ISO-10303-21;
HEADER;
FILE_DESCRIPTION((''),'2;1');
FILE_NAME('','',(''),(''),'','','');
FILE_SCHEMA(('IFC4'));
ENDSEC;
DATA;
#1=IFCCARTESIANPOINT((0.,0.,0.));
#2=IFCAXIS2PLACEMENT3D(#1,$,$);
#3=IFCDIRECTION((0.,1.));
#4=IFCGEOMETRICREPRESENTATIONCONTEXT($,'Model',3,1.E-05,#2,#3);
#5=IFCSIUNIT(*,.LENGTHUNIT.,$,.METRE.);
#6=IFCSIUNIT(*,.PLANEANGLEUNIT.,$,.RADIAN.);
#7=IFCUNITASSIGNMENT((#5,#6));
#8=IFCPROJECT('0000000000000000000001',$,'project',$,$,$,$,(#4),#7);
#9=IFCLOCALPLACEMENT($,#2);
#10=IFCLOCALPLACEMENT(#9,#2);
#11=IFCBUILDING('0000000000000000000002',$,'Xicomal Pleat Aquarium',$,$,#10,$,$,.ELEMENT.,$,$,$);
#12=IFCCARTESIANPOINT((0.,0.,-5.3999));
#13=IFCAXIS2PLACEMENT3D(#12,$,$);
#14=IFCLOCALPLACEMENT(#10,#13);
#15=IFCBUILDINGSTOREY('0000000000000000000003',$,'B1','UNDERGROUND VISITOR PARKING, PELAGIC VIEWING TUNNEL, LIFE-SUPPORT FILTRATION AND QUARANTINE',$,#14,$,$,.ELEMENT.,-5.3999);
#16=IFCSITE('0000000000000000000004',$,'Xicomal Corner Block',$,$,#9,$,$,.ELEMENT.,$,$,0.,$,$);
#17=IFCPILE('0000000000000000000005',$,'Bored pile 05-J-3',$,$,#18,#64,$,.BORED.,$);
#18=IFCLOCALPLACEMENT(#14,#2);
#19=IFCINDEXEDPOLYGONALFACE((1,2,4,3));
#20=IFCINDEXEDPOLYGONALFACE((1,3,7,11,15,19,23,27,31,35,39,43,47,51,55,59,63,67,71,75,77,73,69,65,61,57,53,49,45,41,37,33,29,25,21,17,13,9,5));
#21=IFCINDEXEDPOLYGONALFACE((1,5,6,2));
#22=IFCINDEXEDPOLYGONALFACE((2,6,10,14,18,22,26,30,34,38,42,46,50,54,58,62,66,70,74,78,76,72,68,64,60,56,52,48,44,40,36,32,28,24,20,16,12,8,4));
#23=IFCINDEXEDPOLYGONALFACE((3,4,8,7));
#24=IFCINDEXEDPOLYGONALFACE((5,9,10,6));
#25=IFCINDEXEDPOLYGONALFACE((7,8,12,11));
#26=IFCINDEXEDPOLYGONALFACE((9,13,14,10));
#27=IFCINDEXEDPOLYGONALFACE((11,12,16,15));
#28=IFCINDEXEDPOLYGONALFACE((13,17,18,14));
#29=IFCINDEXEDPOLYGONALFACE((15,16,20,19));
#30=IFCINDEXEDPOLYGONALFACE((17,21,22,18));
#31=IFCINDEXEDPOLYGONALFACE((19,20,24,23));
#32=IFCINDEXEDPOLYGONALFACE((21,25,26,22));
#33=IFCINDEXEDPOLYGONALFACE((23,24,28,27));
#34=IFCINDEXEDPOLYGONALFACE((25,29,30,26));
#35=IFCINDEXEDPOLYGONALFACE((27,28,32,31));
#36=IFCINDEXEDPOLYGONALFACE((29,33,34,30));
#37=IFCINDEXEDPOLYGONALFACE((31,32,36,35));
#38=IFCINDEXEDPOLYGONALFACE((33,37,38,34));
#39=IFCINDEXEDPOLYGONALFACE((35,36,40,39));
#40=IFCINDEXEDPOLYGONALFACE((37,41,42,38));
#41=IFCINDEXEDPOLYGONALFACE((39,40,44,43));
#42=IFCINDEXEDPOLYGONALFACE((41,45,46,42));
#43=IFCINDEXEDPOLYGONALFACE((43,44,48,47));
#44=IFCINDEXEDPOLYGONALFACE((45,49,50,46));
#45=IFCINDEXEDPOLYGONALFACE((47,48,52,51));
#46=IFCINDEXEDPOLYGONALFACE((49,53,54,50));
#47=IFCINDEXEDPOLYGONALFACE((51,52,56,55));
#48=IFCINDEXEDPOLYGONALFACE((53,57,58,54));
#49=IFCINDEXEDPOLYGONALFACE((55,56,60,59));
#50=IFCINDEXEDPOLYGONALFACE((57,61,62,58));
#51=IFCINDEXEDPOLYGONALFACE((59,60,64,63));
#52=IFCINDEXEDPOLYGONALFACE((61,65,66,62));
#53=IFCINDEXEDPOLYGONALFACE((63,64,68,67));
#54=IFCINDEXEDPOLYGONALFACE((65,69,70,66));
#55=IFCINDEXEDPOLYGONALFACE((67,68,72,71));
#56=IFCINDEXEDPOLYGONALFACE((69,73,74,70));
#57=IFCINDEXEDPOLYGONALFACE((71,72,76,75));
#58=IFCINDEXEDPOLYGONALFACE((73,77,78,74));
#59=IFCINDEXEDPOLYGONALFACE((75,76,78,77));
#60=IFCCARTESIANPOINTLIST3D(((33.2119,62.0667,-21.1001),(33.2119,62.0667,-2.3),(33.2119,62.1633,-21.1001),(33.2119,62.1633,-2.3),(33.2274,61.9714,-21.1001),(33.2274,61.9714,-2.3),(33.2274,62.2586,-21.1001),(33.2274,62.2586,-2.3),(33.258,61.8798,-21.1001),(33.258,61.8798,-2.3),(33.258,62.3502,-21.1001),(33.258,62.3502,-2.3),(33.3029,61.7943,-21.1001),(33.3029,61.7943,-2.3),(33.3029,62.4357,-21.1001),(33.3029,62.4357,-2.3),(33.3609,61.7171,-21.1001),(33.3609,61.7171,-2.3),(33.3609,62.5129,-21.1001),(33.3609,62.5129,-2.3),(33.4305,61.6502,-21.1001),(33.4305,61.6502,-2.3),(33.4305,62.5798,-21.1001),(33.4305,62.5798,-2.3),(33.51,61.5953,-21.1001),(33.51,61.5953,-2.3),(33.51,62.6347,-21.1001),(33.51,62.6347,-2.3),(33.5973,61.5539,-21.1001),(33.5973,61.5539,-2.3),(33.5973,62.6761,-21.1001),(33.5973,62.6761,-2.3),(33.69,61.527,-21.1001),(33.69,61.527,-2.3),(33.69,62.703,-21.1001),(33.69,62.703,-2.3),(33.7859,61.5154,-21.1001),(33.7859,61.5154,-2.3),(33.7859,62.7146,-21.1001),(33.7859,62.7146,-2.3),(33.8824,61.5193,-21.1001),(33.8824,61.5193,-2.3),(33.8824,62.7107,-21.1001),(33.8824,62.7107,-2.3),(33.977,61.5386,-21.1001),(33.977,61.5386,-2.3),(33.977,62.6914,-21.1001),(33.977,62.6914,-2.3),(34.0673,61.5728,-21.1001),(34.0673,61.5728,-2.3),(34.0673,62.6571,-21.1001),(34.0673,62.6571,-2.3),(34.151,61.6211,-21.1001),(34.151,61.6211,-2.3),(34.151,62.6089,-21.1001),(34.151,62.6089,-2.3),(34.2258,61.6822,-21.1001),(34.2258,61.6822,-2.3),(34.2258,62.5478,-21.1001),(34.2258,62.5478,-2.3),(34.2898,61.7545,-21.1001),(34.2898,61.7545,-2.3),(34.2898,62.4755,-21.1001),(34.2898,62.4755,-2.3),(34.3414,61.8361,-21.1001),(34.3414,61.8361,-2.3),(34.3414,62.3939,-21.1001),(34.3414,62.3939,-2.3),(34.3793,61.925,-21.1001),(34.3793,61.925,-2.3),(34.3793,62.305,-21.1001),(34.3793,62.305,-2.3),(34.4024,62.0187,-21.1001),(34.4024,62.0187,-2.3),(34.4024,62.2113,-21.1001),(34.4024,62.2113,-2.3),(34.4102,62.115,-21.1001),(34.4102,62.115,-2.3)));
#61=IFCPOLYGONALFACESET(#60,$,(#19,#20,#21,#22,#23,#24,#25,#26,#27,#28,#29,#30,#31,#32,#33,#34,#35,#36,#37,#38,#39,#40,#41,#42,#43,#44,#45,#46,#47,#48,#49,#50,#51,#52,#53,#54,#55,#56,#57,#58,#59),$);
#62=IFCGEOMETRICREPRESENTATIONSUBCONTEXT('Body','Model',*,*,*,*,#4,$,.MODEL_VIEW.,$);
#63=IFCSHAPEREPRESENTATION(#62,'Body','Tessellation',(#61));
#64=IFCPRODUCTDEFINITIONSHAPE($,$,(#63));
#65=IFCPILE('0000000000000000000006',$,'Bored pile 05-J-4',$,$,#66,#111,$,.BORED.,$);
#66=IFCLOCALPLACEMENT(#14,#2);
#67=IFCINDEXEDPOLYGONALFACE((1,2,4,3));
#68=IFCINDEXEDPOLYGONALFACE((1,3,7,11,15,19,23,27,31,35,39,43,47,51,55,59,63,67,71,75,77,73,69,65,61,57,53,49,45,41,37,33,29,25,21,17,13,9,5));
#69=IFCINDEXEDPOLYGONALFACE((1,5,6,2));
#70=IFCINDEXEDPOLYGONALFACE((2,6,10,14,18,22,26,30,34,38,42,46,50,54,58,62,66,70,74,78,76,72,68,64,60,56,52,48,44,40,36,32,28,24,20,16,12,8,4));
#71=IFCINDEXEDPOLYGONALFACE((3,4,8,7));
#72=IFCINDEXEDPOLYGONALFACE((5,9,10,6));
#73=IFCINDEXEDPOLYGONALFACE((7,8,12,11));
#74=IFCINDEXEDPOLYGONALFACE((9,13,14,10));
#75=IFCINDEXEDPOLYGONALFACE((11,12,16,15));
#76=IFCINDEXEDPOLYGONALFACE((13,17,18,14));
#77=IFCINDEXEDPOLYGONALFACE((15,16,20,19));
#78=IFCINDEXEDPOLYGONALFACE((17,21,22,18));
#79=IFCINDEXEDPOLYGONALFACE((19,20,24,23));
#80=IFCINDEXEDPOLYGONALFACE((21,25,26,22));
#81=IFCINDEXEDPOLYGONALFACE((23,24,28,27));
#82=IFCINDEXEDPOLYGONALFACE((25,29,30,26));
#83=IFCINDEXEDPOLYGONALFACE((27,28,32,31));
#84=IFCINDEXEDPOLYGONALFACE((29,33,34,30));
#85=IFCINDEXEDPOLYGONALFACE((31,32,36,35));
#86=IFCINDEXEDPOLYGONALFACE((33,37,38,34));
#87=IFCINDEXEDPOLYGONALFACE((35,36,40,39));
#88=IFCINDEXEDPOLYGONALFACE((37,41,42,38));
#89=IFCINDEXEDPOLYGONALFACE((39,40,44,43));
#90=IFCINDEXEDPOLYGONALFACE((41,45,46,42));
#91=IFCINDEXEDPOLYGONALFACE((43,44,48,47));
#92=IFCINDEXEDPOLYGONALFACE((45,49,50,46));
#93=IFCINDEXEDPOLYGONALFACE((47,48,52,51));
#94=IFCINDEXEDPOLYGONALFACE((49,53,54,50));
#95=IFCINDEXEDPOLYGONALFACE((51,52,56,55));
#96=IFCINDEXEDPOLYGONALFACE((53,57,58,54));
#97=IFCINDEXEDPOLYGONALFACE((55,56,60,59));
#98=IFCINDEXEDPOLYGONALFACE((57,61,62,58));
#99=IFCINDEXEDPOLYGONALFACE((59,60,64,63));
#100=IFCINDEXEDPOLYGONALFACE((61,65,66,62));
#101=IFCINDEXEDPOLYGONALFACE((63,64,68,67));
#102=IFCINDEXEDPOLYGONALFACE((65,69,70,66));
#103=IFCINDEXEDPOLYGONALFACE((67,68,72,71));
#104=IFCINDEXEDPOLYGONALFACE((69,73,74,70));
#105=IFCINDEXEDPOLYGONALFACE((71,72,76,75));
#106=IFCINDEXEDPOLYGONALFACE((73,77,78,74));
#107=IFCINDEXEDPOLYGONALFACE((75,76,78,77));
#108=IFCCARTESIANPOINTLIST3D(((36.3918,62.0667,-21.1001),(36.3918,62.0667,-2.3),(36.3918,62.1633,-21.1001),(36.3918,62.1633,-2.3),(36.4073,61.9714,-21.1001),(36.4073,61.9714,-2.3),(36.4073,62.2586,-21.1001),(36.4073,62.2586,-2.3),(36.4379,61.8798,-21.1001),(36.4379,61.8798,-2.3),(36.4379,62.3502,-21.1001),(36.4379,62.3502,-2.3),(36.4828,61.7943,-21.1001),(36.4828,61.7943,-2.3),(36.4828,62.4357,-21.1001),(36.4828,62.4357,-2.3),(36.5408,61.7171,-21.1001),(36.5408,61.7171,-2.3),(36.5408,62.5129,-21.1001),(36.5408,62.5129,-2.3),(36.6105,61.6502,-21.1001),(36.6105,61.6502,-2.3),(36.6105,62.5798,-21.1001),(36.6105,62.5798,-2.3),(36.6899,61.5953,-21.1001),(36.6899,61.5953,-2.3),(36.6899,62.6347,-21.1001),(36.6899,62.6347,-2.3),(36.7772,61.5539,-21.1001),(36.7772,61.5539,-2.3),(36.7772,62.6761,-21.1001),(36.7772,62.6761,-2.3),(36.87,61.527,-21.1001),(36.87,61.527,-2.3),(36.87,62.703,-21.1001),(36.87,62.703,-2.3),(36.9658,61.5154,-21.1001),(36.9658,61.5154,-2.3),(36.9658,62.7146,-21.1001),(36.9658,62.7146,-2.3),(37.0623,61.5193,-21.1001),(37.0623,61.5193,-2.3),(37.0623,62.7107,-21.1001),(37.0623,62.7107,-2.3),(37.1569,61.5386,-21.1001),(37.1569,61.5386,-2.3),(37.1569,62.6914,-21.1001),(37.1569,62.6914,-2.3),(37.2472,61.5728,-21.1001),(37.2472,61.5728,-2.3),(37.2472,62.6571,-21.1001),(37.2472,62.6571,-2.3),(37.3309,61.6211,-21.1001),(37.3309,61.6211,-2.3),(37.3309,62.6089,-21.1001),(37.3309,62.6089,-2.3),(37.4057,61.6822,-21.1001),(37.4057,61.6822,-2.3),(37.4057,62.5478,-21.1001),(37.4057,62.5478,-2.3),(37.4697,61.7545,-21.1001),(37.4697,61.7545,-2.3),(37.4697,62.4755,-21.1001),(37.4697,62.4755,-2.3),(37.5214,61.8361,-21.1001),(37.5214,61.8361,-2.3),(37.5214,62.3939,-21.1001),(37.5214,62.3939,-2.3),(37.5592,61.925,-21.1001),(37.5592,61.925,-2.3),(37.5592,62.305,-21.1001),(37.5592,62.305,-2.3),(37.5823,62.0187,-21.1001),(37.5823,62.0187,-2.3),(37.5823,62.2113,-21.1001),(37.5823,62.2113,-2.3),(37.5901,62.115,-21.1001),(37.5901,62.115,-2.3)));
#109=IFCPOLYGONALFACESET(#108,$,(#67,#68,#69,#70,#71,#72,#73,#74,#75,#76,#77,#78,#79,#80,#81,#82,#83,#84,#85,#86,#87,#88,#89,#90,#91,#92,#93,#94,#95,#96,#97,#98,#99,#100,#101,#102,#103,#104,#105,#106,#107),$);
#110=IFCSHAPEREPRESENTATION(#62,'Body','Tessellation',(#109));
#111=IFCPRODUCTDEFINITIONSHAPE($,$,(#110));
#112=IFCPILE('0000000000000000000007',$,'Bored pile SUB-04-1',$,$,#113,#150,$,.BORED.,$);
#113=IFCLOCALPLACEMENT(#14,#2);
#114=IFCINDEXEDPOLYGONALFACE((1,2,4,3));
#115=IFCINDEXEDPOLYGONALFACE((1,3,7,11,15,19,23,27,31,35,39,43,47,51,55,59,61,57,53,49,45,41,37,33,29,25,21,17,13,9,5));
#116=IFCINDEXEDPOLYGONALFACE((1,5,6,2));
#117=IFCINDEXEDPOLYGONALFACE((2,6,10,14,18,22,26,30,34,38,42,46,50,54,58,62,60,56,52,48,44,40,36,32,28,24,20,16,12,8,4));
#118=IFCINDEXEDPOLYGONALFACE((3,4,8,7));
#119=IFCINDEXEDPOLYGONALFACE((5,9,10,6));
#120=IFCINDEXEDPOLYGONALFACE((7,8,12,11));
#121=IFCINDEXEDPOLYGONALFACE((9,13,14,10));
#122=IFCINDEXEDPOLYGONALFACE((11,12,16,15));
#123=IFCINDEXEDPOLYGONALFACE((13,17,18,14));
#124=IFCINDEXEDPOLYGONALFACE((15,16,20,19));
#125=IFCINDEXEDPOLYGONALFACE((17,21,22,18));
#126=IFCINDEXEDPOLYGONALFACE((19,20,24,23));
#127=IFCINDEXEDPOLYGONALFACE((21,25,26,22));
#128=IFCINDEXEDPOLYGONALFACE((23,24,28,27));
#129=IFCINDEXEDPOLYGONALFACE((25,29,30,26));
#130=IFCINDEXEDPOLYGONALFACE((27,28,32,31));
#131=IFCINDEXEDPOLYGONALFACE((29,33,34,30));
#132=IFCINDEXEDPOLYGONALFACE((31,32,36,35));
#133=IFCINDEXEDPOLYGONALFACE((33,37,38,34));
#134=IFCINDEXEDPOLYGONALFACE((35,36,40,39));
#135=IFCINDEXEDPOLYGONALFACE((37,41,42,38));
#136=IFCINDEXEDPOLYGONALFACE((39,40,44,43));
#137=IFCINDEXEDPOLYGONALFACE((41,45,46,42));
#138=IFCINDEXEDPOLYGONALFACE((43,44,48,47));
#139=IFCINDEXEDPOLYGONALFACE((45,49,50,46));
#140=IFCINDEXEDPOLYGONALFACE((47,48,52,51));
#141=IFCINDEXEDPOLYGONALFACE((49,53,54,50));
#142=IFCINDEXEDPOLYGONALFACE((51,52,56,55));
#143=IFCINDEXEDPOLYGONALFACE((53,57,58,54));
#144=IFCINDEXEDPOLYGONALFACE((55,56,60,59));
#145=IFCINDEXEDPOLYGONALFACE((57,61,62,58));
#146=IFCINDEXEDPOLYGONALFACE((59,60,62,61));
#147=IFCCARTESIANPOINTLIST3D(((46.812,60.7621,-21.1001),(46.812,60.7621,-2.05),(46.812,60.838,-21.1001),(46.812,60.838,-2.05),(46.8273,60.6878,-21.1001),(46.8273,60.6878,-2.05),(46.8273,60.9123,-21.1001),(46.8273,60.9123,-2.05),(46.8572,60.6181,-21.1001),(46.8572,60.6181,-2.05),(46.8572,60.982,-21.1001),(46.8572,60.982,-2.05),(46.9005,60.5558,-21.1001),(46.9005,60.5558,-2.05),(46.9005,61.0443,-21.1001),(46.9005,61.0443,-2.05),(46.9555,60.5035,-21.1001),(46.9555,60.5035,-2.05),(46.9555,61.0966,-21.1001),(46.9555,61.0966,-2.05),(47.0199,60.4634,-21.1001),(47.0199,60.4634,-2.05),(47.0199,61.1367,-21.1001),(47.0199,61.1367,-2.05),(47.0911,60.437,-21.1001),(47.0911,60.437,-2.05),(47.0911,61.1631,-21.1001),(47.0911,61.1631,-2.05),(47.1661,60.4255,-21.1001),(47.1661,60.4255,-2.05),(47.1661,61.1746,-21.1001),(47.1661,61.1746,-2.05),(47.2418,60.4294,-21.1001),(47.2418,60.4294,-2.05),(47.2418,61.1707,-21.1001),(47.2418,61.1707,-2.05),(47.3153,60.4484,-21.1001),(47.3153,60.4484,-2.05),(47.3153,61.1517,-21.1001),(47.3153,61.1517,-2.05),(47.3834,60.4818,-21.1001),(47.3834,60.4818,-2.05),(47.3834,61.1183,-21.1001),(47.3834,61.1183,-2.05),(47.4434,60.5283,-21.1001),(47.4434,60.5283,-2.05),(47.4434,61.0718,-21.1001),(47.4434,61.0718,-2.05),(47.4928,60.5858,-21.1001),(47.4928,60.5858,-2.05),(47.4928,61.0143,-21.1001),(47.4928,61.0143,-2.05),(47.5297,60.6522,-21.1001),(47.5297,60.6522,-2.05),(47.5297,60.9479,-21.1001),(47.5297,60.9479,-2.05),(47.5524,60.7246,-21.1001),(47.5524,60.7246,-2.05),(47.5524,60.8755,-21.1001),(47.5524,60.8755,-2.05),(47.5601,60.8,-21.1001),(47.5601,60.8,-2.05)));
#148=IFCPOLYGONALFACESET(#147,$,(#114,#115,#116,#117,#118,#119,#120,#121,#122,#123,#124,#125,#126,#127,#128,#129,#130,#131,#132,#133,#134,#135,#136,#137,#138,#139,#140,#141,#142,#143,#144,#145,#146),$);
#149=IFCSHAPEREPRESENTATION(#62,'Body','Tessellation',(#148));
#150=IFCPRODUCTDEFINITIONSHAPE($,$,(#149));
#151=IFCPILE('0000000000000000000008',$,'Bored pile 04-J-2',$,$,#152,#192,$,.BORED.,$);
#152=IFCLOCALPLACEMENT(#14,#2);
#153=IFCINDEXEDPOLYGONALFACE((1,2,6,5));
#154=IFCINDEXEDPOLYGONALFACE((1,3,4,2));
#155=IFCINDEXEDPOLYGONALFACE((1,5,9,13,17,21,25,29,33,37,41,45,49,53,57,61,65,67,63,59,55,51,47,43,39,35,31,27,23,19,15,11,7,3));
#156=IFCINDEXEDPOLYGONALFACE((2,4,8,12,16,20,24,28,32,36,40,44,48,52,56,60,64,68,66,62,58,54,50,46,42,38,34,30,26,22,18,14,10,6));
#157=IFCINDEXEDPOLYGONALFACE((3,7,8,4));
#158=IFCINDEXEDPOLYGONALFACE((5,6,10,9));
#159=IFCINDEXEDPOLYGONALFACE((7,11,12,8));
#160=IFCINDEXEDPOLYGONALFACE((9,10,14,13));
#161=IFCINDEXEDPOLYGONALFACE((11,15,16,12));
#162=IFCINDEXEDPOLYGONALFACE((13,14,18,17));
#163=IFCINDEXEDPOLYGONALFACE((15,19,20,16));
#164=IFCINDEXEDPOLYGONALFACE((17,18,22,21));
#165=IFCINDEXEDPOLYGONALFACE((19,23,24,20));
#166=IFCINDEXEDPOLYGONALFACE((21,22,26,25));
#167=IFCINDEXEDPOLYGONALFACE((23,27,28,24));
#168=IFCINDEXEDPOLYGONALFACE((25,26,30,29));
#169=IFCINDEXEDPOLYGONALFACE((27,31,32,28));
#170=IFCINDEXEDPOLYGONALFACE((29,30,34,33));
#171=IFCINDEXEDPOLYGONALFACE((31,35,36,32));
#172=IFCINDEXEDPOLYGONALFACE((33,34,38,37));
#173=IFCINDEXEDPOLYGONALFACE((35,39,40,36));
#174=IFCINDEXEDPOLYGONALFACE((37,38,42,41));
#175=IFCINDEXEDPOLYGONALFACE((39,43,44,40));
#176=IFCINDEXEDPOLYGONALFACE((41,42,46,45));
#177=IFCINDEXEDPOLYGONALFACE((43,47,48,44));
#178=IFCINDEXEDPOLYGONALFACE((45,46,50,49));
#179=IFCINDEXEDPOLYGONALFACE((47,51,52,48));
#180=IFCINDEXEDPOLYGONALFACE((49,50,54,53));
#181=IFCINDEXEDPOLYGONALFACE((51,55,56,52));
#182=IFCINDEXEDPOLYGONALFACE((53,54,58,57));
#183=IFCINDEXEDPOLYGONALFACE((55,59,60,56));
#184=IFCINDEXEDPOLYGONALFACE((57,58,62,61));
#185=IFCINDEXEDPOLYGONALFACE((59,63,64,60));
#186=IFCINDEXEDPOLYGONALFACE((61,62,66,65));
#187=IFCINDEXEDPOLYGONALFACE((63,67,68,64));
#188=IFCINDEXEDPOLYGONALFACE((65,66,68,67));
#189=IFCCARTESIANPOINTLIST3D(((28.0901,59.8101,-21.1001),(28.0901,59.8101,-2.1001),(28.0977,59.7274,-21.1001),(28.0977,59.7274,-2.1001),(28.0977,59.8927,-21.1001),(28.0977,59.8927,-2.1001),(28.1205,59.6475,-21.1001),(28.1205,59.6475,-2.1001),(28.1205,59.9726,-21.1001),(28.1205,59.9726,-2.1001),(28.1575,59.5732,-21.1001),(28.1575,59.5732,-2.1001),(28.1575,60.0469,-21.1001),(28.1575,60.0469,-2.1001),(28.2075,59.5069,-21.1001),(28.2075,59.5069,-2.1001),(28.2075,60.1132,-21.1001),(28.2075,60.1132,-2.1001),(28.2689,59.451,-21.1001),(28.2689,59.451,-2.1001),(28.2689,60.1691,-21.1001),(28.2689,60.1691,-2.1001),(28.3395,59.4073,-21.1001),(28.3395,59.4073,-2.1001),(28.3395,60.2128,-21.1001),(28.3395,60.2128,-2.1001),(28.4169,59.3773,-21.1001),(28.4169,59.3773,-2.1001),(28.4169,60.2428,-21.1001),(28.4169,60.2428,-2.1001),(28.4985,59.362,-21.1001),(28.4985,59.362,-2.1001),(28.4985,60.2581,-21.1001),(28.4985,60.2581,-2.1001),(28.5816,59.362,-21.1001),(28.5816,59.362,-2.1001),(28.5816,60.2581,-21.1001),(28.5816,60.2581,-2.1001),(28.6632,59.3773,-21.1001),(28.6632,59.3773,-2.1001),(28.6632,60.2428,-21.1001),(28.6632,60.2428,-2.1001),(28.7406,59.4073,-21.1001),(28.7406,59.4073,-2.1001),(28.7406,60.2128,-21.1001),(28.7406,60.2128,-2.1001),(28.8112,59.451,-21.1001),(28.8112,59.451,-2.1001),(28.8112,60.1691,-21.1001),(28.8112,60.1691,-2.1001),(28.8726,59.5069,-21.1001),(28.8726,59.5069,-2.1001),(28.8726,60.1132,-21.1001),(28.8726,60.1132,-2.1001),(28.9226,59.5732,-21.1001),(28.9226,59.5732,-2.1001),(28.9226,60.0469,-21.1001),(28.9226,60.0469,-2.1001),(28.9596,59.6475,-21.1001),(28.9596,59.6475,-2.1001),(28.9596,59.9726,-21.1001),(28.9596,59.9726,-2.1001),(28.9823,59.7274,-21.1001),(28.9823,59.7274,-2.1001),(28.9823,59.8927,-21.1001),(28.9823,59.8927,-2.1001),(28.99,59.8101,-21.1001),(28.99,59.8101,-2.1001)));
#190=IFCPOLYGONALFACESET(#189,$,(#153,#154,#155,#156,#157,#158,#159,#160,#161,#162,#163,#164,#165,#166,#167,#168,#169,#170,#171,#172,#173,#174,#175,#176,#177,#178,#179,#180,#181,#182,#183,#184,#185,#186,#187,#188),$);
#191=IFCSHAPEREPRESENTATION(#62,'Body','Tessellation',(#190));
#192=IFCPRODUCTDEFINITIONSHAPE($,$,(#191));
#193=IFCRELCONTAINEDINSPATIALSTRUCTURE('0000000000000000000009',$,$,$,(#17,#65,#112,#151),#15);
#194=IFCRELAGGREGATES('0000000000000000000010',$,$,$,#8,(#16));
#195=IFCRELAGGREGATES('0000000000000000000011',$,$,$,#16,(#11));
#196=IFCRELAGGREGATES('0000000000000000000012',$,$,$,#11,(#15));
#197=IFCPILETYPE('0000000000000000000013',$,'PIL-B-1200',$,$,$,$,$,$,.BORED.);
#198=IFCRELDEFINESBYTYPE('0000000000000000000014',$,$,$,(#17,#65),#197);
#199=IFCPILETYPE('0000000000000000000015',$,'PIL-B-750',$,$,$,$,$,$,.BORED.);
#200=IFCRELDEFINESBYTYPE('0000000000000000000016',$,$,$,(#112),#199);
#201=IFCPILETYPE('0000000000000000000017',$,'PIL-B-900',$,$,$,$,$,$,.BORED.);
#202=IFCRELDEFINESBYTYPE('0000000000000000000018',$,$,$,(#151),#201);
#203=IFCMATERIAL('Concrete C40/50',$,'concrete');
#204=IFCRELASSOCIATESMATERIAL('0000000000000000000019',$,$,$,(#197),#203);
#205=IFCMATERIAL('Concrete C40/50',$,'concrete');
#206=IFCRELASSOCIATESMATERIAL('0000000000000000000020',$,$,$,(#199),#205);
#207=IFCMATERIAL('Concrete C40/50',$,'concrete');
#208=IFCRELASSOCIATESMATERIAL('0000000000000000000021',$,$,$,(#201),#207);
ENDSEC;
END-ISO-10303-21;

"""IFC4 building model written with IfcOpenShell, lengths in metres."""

from ifc_helpers import new_model, si_unit, direction, frame, origin, origin_2d, place, context, subcontext, project, spatial, circle, extrude, material, material_profile, profile_set, type_object, element, save


model = new_model("IFC4")

# Units and contexts
model_context = context("Model", 3, precision=1e-05, world=origin(), true_north=direction((0.0, 1.0)))
body_context = subcontext(model_context, "Body", "Model", "MODEL_VIEW")
ifc_project = project(units=[si_unit("LENGTHUNIT", "METRE"), si_unit("PLANEANGLEUNIT", "RADIAN")], contexts=[model_context])

# Site, building, storey
site_placement = place(None, origin())
site = spatial("IfcSite", under=ifc_project, at=site_placement, Name="Xicomal Corner Block", CompositionType="ELEMENT", RefElevation=0.0)
building_placement = place(site_placement, origin())
building = spatial("IfcBuilding", under=site, at=building_placement, Name="Xicomal Pleat Aquarium", CompositionType="ELEMENT")
storey_placement = place(building_placement, frame((0.0, 0.0, -5.3999)))
storey = spatial("IfcBuildingStorey", under=building, at=storey_placement, Name="B1", Description="UNDERGROUND VISITOR PARKING, PELAGIC VIEWING TUNNEL, LIFE-SUPPORT FILTRATION AND QUARANTINE", CompositionType="ELEMENT", Elevation=-5.3999)

# Piles
ifc_material_1 = material(Name="Concrete C40/50", Category="concrete")
ifc_material_profile_1 = material_profile(ifc_material_1, circle(Radius=0.6001, at=origin_2d()), Name="BORED PILE D1200")
ifc_profile_set_1 = profile_set([ifc_material_profile_1], Name="Concrete C40/50")
pile_type_1 = type_object("IfcPileType", Name="PIL-B-1200", PredefinedType="BORED", material=ifc_profile_set_1)
for number, where, z_axis, x_axis, name in (
    (1, (33.8101, 62.115, -2.3), (0.0, 0.0, -1.0), (1.0, 0.0, 0.0), "Bored pile 05-J-3"),
    (2, (36.99, 62.115, -2.3), (0.0, 0.0, -1.0), (1.0, 0.0, 0.0), "Bored pile 05-J-4"),
):
    element("IfcPile", number, at=place(storey_placement, frame(where, z_axis=z_axis, x_axis=x_axis)), inside=storey, type_object=pile_type_1, Name=name, PredefinedType="BORED", context=body_context, shape_type="SweptSolid", body=[
        extrude(circle(Radius=0.6001, at=origin_2d()), origin(), (0.0, 0.0, 1.0), 18.8),
    ])
ifc_material_2 = material(Name="Concrete C40/50", Category="concrete")
ifc_material_profile_2 = material_profile(ifc_material_2, circle(Radius=0.375, at=origin_2d()), Name="BORED PILE D750")
ifc_profile_set_2 = profile_set([ifc_material_profile_2], Name="Concrete C40/50")
pile_type_2 = type_object("IfcPileType", Name="PIL-B-750", PredefinedType="BORED", material=ifc_profile_set_2)
pile_placement = place(storey_placement, frame((47.1851, 60.8, -2.05), z_axis=(0.0, 0.0, -1.0), x_axis=(1.0, 0.0, 0.0)))
element("IfcPile", 3, at=pile_placement, inside=storey, type_object=pile_type_2, Name="Bored pile SUB-04-1", PredefinedType="BORED", context=body_context, shape_type="SweptSolid", body=[
    extrude(circle(Radius=0.375, at=origin_2d()), origin(), (0.0, 0.0, 1.0), 19.05),
])
ifc_material_3 = material(Name="Concrete C40/50", Category="concrete")
ifc_material_profile_3 = material_profile(ifc_material_3, circle(Radius=0.45, at=origin_2d()), Name="BORED PILE D900")
ifc_profile_set_3 = profile_set([ifc_material_profile_3], Name="Concrete C40/50")
pile_type_3 = type_object("IfcPileType", Name="PIL-B-900", PredefinedType="BORED", material=ifc_profile_set_3)
for number, where, z_axis, x_axis, name in (
    (4, (28.54, 59.8101, -2.1001), (0.0, 0.0, -1.0), (1.0, 0.0, 0.0), "Bored pile 04-J-2"),
):
    element("IfcPile", number, at=place(storey_placement, frame(where, z_axis=z_axis, x_axis=x_axis)), inside=storey, type_object=pile_type_3, Name=name, PredefinedType="BORED", context=body_context, shape_type="SweptSolid", body=[
        extrude(circle(Radius=0.45, at=origin_2d()), origin(), (0.0, 0.0, 1.0), 19.0),
    ])

save(model, "model.ifc")
